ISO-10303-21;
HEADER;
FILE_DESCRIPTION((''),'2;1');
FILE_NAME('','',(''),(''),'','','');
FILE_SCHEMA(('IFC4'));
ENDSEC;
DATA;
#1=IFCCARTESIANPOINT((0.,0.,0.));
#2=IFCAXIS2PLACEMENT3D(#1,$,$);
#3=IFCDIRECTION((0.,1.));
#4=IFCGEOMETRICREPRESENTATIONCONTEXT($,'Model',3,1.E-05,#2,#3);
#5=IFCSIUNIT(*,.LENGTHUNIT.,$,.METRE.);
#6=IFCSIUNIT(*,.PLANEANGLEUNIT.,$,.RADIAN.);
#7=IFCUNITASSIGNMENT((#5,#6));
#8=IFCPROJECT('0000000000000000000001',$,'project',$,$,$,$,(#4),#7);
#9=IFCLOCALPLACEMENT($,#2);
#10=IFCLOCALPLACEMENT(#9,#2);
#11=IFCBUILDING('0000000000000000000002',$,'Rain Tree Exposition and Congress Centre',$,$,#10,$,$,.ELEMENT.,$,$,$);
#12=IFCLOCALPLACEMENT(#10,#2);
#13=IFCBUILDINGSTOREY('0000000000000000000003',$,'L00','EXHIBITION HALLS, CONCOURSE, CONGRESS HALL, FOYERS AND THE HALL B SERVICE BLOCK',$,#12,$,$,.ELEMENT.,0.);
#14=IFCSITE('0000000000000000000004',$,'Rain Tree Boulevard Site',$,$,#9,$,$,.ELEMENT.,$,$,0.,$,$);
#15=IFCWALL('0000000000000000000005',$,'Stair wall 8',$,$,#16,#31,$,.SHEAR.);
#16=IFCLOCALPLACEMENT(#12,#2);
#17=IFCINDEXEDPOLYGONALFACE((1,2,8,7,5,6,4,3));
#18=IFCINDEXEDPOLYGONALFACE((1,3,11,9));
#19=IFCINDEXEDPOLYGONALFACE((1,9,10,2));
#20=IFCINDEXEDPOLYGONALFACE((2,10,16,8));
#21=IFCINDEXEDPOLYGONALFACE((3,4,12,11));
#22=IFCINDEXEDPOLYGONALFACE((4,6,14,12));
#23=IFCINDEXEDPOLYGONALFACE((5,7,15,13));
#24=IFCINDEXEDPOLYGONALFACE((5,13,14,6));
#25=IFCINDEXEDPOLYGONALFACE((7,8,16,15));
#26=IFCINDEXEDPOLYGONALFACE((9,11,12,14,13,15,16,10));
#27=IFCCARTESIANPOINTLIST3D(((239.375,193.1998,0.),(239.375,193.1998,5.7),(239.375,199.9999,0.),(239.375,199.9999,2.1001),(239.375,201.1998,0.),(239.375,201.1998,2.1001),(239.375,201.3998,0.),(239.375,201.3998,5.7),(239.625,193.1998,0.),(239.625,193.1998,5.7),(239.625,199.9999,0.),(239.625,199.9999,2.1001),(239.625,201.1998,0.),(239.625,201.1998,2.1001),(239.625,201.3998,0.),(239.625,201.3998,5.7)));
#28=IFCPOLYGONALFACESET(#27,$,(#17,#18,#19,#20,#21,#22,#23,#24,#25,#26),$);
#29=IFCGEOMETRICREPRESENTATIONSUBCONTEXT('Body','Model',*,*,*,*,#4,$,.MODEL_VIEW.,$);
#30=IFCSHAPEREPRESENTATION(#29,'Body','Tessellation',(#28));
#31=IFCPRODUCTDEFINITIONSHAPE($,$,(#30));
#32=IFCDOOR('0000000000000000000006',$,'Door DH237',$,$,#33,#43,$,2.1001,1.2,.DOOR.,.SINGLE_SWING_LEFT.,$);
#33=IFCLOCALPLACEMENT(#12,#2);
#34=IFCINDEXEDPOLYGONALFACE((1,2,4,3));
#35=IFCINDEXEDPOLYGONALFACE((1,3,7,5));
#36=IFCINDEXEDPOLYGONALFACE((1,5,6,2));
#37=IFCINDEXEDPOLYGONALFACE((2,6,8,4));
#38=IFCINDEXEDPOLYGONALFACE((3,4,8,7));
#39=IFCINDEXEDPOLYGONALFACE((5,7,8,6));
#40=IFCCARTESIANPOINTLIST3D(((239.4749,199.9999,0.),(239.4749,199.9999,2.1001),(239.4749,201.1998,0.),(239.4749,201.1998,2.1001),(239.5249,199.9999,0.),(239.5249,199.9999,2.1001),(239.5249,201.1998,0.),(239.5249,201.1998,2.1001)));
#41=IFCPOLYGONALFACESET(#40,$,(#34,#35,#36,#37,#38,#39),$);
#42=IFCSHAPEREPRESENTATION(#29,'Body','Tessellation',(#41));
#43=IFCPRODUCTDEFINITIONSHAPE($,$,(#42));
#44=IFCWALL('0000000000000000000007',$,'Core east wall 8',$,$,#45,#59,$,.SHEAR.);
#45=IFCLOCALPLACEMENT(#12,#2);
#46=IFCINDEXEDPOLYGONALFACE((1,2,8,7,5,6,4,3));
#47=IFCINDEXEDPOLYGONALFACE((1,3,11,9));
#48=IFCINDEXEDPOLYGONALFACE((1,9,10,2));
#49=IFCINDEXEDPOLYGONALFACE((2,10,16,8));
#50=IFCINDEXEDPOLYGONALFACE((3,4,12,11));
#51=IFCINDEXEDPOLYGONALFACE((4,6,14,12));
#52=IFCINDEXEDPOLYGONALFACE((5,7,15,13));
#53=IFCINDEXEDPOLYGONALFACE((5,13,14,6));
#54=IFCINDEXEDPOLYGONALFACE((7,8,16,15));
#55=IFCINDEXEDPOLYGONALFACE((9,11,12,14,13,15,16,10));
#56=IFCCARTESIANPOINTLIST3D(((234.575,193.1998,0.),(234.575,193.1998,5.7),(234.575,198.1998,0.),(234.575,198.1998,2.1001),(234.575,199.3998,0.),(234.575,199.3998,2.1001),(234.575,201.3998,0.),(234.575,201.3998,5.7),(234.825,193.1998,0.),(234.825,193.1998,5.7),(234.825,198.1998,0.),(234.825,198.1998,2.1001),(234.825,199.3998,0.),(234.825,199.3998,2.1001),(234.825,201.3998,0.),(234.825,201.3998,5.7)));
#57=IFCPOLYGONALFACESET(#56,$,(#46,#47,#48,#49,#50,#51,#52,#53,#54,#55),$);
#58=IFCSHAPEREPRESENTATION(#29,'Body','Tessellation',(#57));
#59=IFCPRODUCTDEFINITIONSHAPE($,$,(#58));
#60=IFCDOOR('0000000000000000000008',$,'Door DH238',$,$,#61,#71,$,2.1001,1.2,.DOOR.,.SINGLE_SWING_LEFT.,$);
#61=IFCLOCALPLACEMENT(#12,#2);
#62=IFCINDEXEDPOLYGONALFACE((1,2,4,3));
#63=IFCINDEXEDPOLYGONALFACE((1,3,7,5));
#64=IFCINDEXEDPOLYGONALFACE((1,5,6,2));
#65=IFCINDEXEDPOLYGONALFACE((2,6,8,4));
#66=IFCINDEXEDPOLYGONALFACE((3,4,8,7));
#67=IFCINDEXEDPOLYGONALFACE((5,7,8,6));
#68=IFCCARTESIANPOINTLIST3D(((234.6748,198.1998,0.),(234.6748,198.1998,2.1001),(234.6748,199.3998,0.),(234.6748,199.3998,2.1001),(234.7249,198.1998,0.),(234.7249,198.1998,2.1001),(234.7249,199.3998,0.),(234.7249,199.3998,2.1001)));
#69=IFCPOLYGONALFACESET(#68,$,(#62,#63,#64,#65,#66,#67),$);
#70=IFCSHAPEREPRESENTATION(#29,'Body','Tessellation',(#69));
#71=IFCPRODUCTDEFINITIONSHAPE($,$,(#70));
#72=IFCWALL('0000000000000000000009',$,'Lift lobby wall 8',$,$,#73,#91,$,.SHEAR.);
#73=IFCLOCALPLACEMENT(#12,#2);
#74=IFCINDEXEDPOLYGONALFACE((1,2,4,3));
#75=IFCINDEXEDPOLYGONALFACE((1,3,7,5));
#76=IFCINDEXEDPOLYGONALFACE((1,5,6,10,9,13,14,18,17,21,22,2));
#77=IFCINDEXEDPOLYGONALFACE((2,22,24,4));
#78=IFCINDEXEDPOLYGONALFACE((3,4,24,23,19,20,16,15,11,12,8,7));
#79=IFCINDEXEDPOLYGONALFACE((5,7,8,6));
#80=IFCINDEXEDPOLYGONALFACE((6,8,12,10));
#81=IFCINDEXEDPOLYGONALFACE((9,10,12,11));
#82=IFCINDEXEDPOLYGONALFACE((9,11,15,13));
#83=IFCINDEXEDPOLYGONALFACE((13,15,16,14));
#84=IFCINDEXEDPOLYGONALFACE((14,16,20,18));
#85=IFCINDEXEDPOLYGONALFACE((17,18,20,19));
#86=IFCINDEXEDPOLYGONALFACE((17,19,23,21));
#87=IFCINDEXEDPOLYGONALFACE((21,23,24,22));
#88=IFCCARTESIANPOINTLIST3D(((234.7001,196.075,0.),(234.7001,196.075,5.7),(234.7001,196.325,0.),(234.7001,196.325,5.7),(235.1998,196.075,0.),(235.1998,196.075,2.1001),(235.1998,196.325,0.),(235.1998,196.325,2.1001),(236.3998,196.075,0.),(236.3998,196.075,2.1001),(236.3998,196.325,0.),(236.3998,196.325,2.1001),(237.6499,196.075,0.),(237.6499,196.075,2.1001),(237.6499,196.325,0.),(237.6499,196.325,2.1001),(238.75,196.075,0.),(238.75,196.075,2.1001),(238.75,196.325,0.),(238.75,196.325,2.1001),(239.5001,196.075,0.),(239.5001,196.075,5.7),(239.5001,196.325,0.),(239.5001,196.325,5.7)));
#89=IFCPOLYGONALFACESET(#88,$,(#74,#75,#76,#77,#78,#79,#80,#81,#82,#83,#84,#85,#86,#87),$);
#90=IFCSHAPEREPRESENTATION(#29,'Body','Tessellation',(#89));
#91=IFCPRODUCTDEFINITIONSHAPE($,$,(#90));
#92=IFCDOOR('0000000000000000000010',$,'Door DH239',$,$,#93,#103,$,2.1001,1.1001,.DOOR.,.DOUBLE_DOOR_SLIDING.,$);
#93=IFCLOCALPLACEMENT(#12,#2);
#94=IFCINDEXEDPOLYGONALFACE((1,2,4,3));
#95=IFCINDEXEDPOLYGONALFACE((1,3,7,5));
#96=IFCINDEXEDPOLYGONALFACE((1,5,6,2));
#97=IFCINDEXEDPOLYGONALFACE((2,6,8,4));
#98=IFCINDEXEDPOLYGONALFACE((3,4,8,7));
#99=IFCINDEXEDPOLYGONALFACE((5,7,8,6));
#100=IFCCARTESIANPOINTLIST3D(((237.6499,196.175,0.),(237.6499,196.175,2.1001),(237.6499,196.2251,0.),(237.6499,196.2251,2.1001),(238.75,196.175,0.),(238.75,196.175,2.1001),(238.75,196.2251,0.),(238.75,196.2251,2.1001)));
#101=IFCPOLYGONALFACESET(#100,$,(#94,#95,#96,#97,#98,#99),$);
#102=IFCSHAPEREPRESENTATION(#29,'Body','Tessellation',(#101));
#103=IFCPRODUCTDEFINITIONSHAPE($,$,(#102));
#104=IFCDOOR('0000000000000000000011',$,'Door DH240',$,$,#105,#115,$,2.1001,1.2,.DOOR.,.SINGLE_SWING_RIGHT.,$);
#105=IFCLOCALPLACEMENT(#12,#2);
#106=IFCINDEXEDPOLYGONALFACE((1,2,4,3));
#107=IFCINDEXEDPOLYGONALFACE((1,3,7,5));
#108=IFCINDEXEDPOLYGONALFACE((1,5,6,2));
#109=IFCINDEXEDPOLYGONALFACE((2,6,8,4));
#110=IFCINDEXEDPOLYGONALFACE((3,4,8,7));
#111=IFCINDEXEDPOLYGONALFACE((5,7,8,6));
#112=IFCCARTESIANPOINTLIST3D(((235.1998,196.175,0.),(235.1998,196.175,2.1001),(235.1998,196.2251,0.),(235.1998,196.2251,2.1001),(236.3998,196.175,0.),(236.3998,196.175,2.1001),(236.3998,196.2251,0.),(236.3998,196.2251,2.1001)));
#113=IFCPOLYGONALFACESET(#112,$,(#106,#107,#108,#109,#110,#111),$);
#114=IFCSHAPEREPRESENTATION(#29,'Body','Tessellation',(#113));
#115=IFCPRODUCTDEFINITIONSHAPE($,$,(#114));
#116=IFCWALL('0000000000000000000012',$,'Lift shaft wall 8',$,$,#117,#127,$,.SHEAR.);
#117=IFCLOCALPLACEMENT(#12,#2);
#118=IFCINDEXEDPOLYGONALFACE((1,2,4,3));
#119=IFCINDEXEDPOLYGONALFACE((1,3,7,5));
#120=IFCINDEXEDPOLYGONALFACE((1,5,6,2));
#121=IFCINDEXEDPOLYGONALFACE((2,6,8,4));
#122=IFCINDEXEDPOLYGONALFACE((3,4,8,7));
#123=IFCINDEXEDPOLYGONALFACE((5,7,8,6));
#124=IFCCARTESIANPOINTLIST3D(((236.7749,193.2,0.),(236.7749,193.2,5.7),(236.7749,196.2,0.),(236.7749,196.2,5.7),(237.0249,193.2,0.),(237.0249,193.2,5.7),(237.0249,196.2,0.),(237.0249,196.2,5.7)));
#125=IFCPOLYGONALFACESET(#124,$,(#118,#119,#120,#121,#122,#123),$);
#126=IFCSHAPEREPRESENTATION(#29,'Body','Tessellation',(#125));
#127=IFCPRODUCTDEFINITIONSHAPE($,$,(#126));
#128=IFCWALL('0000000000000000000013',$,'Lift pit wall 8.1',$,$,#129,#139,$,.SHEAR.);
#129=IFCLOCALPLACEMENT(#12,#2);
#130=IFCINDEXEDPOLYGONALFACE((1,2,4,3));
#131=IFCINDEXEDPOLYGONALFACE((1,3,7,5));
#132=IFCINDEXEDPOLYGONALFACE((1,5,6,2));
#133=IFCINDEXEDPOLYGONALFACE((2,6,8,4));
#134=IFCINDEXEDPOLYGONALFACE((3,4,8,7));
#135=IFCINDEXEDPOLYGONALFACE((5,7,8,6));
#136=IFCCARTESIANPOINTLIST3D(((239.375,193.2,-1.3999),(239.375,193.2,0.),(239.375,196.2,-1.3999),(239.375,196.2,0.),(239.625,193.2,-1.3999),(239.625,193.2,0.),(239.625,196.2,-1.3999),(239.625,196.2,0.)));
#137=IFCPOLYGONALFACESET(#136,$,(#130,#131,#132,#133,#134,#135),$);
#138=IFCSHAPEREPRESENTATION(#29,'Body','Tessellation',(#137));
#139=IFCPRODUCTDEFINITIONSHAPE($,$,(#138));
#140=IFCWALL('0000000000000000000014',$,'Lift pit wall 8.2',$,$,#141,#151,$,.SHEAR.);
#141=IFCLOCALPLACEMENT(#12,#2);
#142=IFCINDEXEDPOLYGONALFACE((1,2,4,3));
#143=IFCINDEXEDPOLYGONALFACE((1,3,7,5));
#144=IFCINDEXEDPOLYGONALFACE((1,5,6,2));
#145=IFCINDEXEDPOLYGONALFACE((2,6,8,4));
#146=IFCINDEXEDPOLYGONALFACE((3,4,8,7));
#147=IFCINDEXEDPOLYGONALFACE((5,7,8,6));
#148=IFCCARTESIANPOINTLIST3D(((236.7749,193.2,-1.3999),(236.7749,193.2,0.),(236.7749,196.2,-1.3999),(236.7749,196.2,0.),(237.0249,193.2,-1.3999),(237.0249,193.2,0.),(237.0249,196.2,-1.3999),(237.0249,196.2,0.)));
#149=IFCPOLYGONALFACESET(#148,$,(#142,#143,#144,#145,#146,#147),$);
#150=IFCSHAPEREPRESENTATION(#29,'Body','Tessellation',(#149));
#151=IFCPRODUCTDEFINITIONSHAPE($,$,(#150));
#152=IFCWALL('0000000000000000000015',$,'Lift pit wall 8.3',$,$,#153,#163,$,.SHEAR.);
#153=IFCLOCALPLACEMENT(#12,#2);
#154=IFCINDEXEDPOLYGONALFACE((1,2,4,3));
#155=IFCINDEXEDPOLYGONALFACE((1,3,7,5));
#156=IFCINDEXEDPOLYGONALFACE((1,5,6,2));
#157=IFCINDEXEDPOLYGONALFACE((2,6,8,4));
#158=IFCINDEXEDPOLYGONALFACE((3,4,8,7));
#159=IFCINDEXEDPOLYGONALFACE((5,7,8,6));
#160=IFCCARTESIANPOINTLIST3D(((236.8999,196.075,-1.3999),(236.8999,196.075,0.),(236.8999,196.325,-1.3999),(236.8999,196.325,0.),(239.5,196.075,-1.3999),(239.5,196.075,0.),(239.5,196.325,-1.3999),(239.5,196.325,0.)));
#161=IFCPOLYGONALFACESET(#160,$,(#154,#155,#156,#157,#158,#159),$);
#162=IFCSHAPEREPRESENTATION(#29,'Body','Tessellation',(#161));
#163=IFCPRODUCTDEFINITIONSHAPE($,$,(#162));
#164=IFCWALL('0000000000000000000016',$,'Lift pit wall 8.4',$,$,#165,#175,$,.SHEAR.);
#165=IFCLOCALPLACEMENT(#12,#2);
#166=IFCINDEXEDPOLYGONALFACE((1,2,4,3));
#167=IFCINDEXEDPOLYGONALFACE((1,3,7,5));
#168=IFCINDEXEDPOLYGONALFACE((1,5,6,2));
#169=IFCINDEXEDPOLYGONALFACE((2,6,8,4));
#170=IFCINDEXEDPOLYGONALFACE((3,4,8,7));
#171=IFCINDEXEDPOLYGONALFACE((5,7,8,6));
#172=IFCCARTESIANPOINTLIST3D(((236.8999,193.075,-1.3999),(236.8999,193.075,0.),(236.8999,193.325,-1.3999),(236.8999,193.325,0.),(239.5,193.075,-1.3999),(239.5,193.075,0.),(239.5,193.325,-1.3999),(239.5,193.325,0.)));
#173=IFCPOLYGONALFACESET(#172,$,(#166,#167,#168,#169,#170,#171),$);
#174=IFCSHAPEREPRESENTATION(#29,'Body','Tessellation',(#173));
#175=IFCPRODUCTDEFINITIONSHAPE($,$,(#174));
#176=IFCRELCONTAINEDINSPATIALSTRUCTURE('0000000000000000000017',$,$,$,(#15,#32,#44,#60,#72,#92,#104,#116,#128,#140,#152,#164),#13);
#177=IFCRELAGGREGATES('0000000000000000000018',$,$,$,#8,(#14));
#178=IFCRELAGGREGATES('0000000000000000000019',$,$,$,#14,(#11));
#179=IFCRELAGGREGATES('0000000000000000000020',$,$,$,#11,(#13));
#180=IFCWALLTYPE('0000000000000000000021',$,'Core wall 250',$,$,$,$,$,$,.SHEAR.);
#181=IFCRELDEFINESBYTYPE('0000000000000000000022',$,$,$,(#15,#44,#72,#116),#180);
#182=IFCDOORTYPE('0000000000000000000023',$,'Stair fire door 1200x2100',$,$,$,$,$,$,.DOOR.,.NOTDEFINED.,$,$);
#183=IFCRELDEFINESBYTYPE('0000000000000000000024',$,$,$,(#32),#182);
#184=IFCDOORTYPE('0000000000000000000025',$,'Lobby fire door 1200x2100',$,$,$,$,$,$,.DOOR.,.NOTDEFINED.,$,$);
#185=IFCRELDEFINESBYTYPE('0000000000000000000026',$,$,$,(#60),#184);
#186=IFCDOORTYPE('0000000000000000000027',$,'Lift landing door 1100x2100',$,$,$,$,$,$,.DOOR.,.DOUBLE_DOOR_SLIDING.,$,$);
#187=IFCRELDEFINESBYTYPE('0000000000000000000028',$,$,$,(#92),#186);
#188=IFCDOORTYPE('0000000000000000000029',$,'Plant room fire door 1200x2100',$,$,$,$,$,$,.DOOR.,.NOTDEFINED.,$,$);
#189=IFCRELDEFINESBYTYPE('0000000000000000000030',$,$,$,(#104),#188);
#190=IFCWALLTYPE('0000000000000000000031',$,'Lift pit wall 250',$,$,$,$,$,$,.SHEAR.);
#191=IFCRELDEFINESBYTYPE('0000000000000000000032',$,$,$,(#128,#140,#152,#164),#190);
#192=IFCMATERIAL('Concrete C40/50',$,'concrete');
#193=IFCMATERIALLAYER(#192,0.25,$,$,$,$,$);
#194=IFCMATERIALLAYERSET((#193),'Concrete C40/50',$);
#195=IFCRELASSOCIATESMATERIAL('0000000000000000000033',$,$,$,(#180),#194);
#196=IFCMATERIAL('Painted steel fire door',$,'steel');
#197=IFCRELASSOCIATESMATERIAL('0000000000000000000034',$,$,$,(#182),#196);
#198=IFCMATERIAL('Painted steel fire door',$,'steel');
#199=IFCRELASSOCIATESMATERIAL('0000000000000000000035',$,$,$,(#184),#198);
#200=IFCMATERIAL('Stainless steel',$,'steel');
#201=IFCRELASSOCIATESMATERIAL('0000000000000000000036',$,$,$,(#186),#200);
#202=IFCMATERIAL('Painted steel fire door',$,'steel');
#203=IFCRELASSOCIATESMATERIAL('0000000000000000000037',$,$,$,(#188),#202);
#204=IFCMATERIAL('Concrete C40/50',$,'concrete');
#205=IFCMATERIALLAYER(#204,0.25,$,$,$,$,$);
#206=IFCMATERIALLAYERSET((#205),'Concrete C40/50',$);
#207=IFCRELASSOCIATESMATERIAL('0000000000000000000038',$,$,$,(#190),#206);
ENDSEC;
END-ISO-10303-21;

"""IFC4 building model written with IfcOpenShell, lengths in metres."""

from ifc_helpers import new_model, si_unit, direction, frame, frame_2d, origin, place, context, subcontext, project, spatial, rectangle, extrude, material, layer, layer_set, type_object, element, fill, save


model = new_model("IFC4")

# Units and contexts
model_context = context("Model", 3, precision=1e-05, world=origin(), true_north=direction((0.0, 1.0)))
body_context = subcontext(model_context, "Body", "Model", "MODEL_VIEW")
ifc_project = project(units=[si_unit("LENGTHUNIT", "METRE"), si_unit("PLANEANGLEUNIT", "RADIAN")], contexts=[model_context])

# Site, building, storey
site_placement = place(None, origin())
site = spatial("IfcSite", under=ifc_project, at=site_placement, Name="Rain Tree Boulevard Site", CompositionType="ELEMENT", RefElevation=0.0)
building_placement = place(site_placement, origin())
building = spatial("IfcBuilding", under=site, at=building_placement, Name="Rain Tree Exposition and Congress Centre", CompositionType="ELEMENT")
storey_placement = place(building_placement, origin())
storey = spatial("IfcBuildingStorey", under=building, at=storey_placement, Name="L00", Description="EXHIBITION HALLS, CONCOURSE, CONGRESS HALL, FOYERS AND THE HALL B SERVICE BLOCK", CompositionType="ELEMENT", Elevation=0.0)

# Walls, openings, doors
ifc_material_1 = material(Name="Concrete C40/50", Category="concrete")
ifc_layer_1 = layer(ifc_material_1, 0.25)
ifc_layer_set_1 = layer_set([ifc_layer_1], Name="Concrete C40/50")
wall_type_1 = type_object("IfcWallType", Name="Core wall 250", PredefinedType="SHEAR", material=ifc_layer_set_1)
wall_1_placement = place(storey_placement, frame((239.5, 201.3999, 0.0), z_axis=(0.0, 0.0, 1.0), x_axis=(0.0, -1.0, 0.0)))
wall_1 = element("IfcWall", 1, at=wall_1_placement, inside=storey, type_object=wall_type_1, Name="Stair wall 8", PredefinedType="SHEAR", context=body_context, shape_type="SweptSolid", body=[
    extrude(rectangle(XDim=8.2, YDim=0.25, at=frame_2d((4.1001, 0.0))), origin(), (0.0, 0.0, 1.0), 5.7),
])
opening_1_placement = place(wall_1_placement, frame((0.2, 0.0, 0.0)))
opening_1 = element("IfcOpeningElement", 2, at=opening_1_placement, cuts=wall_1, PredefinedType="OPENING", context=body_context, shape_type="SweptSolid", body=[
    extrude(rectangle(XDim=1.2, YDim=2.1001, at=frame_2d((0.6001, 1.05))), frame((0.0, 0.125, 0.0), z_axis=(0.0, -1.0, 0.0), x_axis=(1.0, 0.0, 0.0)), (0.0, 0.0, 1.0), 0.25),
])
ifc_material_2 = material(Name="Painted steel fire door", Category="steel")
door_type_1 = type_object("IfcDoorType", Name="Stair fire door 1200x2100", OperationType="NOTDEFINED", PredefinedType="DOOR", material=ifc_material_2)
door_1_placement = place(opening_1_placement, origin())
door_1 = element("IfcDoor", 3, at=door_1_placement, inside=storey, type_object=door_type_1, Name="Door DH237", OperationType="SINGLE_SWING_LEFT", OverallHeight=2.1001, OverallWidth=1.2, PredefinedType="DOOR", context=body_context, shape_type="SweptSolid", body=[
    extrude(rectangle(XDim=1.2, YDim=2.1001, at=frame_2d((0.6001, 1.05))), frame((0.0, 0.0249, 0.0), z_axis=(0.0, -1.0, 0.0), x_axis=(1.0, 0.0, 0.0)), (0.0, 0.0, 1.0), 0.05),
])
fill(opening_1, door_1)
wall_2_placement = place(storey_placement, frame((234.7, 201.3999, 0.0), z_axis=(0.0, 0.0, 1.0), x_axis=(0.0, -1.0, 0.0)))
wall_2 = element("IfcWall", 4, at=wall_2_placement, inside=storey, type_object=wall_type_1, Name="Core east wall 8", PredefinedType="SHEAR", context=body_context, shape_type="SweptSolid", body=[
    extrude(rectangle(XDim=8.2, YDim=0.25, at=frame_2d((4.1001, 0.0))), origin(), (0.0, 0.0, 1.0), 5.7),
])
opening_2_placement = place(wall_2_placement, frame((2.0, 0.0, 0.0)))
opening_2 = element("IfcOpeningElement", 5, at=opening_2_placement, cuts=wall_2, PredefinedType="OPENING", context=body_context, shape_type="SweptSolid", body=[
    extrude(rectangle(XDim=1.2, YDim=2.1001, at=frame_2d((0.6001, 1.05))), frame((0.0, 0.125, 0.0), z_axis=(0.0, -1.0, 0.0), x_axis=(1.0, 0.0, 0.0)), (0.0, 0.0, 1.0), 0.25),
])
ifc_material_3 = material(Name="Painted steel fire door", Category="steel")
door_type_2 = type_object("IfcDoorType", Name="Lobby fire door 1200x2100", OperationType="NOTDEFINED", PredefinedType="DOOR", material=ifc_material_3)
door_2_placement = place(opening_2_placement, origin())
door_2 = element("IfcDoor", 6, at=door_2_placement, inside=storey, type_object=door_type_2, Name="Door DH238", OperationType="SINGLE_SWING_LEFT", OverallHeight=2.1001, OverallWidth=1.2, PredefinedType="DOOR", context=body_context, shape_type="SweptSolid", body=[
    extrude(rectangle(XDim=1.2, YDim=2.1001, at=frame_2d((0.6001, 1.05))), frame((0.0, 0.0249, 0.0), z_axis=(0.0, -1.0, 0.0), x_axis=(1.0, 0.0, 0.0)), (0.0, 0.0, 1.0), 0.05),
])
fill(opening_2, door_2)

# Wall, openings, doors
wall_3_placement = place(storey_placement, frame((239.5, 196.2, 0.0), z_axis=(0.0, 0.0, 1.0), x_axis=(-1.0, 0.0, 0.0)))
wall_3 = element("IfcWall", 7, at=wall_3_placement, inside=storey, type_object=wall_type_1, Name="Lift lobby wall 8", PredefinedType="SHEAR", context=body_context, shape_type="SweptSolid", body=[
    extrude(rectangle(XDim=4.8, YDim=0.25, at=frame_2d((2.3999, 0.0))), origin(), (0.0, 0.0, 1.0), 5.7),
])
opening_3_placement = place(wall_3_placement, frame((0.75, 0.0, 0.0)))
opening_3 = element("IfcOpeningElement", 8, at=opening_3_placement, cuts=wall_3, PredefinedType="OPENING", context=body_context, shape_type="SweptSolid", body=[
    extrude(rectangle(XDim=1.1001, YDim=2.1001, at=frame_2d((0.55, 1.05))), frame((0.0, 0.125, 0.0), z_axis=(0.0, -1.0, 0.0), x_axis=(1.0, 0.0, 0.0)), (0.0, 0.0, 1.0), 0.25),
])
opening_4_placement = place(wall_3_placement, frame((3.1001, 0.0, 0.0)))
opening_4 = element("IfcOpeningElement", 9, at=opening_4_placement, cuts=wall_3, PredefinedType="OPENING", context=body_context, shape_type="SweptSolid", body=[
    extrude(rectangle(XDim=1.2, YDim=2.1001, at=frame_2d((0.6001, 1.05))), frame((0.0, 0.125, 0.0), z_axis=(0.0, -1.0, 0.0), x_axis=(1.0, 0.0, 0.0)), (0.0, 0.0, 1.0), 0.25),
])
ifc_material_4 = material(Name="Stainless steel", Category="steel")
door_type_3 = type_object("IfcDoorType", Name="Lift landing door 1100x2100", OperationType="DOUBLE_DOOR_SLIDING", PredefinedType="DOOR", material=ifc_material_4)
door_3_placement = place(opening_3_placement, origin())
door_3 = element("IfcDoor", 10, at=door_3_placement, inside=storey, type_object=door_type_3, Name="Door DH239", OperationType="DOUBLE_DOOR_SLIDING", OverallHeight=2.1001, OverallWidth=1.1001, PredefinedType="DOOR", context=body_context, shape_type="SweptSolid", body=[
    extrude(rectangle(XDim=1.1001, YDim=2.1001, at=frame_2d((0.55, 1.05))), frame((0.0, 0.0249, 0.0), z_axis=(0.0, -1.0, 0.0), x_axis=(1.0, 0.0, 0.0)), (0.0, 0.0, 1.0), 0.05),
])
fill(opening_3, door_3)
ifc_material_5 = material(Name="Painted steel fire door", Category="steel")
door_type_4 = type_object("IfcDoorType", Name="Plant room fire door 1200x2100", OperationType="NOTDEFINED", PredefinedType="DOOR", material=ifc_material_5)
door_4_placement = place(opening_4_placement, origin())
door_4 = element("IfcDoor", 11, at=door_4_placement, inside=storey, type_object=door_type_4, Name="Door DH240", OperationType="SINGLE_SWING_RIGHT", OverallHeight=2.1001, OverallWidth=1.2, PredefinedType="DOOR", context=body_context, shape_type="SweptSolid", body=[
    extrude(rectangle(XDim=1.2, YDim=2.1001, at=frame_2d((0.6001, 1.05))), frame((0.0, 0.0249, 0.0), z_axis=(0.0, -1.0, 0.0), x_axis=(1.0, 0.0, 0.0)), (0.0, 0.0, 1.0), 0.05),
])
fill(opening_4, door_4)

# Walls
wall_4_placement = place(storey_placement, frame((236.8999, 196.2, 0.0), z_axis=(0.0, 0.0, 1.0), x_axis=(0.0, -1.0, 0.0)))
element("IfcWall", 12, at=wall_4_placement, inside=storey, type_object=wall_type_1, Name="Lift shaft wall 8", PredefinedType="SHEAR", context=body_context, shape_type="SweptSolid", body=[
    extrude(rectangle(XDim=3.0, YDim=0.25, at=frame_2d((1.5, 0.0))), origin(), (0.0, 0.0, 1.0), 5.7),
])
ifc_material_6 = material(Name="Concrete C40/50", Category="concrete")
ifc_layer_2 = layer(ifc_material_6, 0.25)
ifc_layer_set_2 = layer_set([ifc_layer_2], Name="Concrete C40/50")
wall_type_2 = type_object("IfcWallType", Name="Lift pit wall 250", PredefinedType="SHEAR", material=ifc_layer_set_2)
for number, where, z_axis, x_axis, name in (
    (13, (239.5, 196.2, -1.3999), (0.0, 0.0, 1.0), (0.0, -1.0, 0.0), "Lift pit wall 8.1"),
    (14, (236.8999, 196.2, -1.3999), (0.0, 0.0, 1.0), (0.0, -1.0, 0.0), "Lift pit wall 8.2"),
):
    element("IfcWall", number, at=place(storey_placement, frame(where, z_axis=z_axis, x_axis=x_axis)), inside=storey, type_object=wall_type_2, Name=name, PredefinedType="SHEAR", context=body_context, shape_type="SweptSolid", body=[
        extrude(rectangle(XDim=3.0, YDim=0.25, at=frame_2d((1.5, 0.0))), origin(), (0.0, 0.0, 1.0), 1.3999),
    ])
for number, where, z_axis, x_axis, name in (
    (15, (239.5, 196.2, -1.3999), (0.0, 0.0, 1.0), (-1.0, 0.0, 0.0), "Lift pit wall 8.3"),
    (16, (239.5, 193.2, -1.3999), (0.0, 0.0, 1.0), (-1.0, 0.0, 0.0), "Lift pit wall 8.4"),
):
    element("IfcWall", number, at=place(storey_placement, frame(where, z_axis=z_axis, x_axis=x_axis)), inside=storey, type_object=wall_type_2, Name=name, PredefinedType="SHEAR", context=body_context, shape_type="SweptSolid", body=[
        extrude(rectangle(XDim=2.6001, YDim=0.25, at=frame_2d((1.3, 0.0))), origin(), (0.0, 0.0, 1.0), 1.3999),
    ])

save(model, "model.ifc")
